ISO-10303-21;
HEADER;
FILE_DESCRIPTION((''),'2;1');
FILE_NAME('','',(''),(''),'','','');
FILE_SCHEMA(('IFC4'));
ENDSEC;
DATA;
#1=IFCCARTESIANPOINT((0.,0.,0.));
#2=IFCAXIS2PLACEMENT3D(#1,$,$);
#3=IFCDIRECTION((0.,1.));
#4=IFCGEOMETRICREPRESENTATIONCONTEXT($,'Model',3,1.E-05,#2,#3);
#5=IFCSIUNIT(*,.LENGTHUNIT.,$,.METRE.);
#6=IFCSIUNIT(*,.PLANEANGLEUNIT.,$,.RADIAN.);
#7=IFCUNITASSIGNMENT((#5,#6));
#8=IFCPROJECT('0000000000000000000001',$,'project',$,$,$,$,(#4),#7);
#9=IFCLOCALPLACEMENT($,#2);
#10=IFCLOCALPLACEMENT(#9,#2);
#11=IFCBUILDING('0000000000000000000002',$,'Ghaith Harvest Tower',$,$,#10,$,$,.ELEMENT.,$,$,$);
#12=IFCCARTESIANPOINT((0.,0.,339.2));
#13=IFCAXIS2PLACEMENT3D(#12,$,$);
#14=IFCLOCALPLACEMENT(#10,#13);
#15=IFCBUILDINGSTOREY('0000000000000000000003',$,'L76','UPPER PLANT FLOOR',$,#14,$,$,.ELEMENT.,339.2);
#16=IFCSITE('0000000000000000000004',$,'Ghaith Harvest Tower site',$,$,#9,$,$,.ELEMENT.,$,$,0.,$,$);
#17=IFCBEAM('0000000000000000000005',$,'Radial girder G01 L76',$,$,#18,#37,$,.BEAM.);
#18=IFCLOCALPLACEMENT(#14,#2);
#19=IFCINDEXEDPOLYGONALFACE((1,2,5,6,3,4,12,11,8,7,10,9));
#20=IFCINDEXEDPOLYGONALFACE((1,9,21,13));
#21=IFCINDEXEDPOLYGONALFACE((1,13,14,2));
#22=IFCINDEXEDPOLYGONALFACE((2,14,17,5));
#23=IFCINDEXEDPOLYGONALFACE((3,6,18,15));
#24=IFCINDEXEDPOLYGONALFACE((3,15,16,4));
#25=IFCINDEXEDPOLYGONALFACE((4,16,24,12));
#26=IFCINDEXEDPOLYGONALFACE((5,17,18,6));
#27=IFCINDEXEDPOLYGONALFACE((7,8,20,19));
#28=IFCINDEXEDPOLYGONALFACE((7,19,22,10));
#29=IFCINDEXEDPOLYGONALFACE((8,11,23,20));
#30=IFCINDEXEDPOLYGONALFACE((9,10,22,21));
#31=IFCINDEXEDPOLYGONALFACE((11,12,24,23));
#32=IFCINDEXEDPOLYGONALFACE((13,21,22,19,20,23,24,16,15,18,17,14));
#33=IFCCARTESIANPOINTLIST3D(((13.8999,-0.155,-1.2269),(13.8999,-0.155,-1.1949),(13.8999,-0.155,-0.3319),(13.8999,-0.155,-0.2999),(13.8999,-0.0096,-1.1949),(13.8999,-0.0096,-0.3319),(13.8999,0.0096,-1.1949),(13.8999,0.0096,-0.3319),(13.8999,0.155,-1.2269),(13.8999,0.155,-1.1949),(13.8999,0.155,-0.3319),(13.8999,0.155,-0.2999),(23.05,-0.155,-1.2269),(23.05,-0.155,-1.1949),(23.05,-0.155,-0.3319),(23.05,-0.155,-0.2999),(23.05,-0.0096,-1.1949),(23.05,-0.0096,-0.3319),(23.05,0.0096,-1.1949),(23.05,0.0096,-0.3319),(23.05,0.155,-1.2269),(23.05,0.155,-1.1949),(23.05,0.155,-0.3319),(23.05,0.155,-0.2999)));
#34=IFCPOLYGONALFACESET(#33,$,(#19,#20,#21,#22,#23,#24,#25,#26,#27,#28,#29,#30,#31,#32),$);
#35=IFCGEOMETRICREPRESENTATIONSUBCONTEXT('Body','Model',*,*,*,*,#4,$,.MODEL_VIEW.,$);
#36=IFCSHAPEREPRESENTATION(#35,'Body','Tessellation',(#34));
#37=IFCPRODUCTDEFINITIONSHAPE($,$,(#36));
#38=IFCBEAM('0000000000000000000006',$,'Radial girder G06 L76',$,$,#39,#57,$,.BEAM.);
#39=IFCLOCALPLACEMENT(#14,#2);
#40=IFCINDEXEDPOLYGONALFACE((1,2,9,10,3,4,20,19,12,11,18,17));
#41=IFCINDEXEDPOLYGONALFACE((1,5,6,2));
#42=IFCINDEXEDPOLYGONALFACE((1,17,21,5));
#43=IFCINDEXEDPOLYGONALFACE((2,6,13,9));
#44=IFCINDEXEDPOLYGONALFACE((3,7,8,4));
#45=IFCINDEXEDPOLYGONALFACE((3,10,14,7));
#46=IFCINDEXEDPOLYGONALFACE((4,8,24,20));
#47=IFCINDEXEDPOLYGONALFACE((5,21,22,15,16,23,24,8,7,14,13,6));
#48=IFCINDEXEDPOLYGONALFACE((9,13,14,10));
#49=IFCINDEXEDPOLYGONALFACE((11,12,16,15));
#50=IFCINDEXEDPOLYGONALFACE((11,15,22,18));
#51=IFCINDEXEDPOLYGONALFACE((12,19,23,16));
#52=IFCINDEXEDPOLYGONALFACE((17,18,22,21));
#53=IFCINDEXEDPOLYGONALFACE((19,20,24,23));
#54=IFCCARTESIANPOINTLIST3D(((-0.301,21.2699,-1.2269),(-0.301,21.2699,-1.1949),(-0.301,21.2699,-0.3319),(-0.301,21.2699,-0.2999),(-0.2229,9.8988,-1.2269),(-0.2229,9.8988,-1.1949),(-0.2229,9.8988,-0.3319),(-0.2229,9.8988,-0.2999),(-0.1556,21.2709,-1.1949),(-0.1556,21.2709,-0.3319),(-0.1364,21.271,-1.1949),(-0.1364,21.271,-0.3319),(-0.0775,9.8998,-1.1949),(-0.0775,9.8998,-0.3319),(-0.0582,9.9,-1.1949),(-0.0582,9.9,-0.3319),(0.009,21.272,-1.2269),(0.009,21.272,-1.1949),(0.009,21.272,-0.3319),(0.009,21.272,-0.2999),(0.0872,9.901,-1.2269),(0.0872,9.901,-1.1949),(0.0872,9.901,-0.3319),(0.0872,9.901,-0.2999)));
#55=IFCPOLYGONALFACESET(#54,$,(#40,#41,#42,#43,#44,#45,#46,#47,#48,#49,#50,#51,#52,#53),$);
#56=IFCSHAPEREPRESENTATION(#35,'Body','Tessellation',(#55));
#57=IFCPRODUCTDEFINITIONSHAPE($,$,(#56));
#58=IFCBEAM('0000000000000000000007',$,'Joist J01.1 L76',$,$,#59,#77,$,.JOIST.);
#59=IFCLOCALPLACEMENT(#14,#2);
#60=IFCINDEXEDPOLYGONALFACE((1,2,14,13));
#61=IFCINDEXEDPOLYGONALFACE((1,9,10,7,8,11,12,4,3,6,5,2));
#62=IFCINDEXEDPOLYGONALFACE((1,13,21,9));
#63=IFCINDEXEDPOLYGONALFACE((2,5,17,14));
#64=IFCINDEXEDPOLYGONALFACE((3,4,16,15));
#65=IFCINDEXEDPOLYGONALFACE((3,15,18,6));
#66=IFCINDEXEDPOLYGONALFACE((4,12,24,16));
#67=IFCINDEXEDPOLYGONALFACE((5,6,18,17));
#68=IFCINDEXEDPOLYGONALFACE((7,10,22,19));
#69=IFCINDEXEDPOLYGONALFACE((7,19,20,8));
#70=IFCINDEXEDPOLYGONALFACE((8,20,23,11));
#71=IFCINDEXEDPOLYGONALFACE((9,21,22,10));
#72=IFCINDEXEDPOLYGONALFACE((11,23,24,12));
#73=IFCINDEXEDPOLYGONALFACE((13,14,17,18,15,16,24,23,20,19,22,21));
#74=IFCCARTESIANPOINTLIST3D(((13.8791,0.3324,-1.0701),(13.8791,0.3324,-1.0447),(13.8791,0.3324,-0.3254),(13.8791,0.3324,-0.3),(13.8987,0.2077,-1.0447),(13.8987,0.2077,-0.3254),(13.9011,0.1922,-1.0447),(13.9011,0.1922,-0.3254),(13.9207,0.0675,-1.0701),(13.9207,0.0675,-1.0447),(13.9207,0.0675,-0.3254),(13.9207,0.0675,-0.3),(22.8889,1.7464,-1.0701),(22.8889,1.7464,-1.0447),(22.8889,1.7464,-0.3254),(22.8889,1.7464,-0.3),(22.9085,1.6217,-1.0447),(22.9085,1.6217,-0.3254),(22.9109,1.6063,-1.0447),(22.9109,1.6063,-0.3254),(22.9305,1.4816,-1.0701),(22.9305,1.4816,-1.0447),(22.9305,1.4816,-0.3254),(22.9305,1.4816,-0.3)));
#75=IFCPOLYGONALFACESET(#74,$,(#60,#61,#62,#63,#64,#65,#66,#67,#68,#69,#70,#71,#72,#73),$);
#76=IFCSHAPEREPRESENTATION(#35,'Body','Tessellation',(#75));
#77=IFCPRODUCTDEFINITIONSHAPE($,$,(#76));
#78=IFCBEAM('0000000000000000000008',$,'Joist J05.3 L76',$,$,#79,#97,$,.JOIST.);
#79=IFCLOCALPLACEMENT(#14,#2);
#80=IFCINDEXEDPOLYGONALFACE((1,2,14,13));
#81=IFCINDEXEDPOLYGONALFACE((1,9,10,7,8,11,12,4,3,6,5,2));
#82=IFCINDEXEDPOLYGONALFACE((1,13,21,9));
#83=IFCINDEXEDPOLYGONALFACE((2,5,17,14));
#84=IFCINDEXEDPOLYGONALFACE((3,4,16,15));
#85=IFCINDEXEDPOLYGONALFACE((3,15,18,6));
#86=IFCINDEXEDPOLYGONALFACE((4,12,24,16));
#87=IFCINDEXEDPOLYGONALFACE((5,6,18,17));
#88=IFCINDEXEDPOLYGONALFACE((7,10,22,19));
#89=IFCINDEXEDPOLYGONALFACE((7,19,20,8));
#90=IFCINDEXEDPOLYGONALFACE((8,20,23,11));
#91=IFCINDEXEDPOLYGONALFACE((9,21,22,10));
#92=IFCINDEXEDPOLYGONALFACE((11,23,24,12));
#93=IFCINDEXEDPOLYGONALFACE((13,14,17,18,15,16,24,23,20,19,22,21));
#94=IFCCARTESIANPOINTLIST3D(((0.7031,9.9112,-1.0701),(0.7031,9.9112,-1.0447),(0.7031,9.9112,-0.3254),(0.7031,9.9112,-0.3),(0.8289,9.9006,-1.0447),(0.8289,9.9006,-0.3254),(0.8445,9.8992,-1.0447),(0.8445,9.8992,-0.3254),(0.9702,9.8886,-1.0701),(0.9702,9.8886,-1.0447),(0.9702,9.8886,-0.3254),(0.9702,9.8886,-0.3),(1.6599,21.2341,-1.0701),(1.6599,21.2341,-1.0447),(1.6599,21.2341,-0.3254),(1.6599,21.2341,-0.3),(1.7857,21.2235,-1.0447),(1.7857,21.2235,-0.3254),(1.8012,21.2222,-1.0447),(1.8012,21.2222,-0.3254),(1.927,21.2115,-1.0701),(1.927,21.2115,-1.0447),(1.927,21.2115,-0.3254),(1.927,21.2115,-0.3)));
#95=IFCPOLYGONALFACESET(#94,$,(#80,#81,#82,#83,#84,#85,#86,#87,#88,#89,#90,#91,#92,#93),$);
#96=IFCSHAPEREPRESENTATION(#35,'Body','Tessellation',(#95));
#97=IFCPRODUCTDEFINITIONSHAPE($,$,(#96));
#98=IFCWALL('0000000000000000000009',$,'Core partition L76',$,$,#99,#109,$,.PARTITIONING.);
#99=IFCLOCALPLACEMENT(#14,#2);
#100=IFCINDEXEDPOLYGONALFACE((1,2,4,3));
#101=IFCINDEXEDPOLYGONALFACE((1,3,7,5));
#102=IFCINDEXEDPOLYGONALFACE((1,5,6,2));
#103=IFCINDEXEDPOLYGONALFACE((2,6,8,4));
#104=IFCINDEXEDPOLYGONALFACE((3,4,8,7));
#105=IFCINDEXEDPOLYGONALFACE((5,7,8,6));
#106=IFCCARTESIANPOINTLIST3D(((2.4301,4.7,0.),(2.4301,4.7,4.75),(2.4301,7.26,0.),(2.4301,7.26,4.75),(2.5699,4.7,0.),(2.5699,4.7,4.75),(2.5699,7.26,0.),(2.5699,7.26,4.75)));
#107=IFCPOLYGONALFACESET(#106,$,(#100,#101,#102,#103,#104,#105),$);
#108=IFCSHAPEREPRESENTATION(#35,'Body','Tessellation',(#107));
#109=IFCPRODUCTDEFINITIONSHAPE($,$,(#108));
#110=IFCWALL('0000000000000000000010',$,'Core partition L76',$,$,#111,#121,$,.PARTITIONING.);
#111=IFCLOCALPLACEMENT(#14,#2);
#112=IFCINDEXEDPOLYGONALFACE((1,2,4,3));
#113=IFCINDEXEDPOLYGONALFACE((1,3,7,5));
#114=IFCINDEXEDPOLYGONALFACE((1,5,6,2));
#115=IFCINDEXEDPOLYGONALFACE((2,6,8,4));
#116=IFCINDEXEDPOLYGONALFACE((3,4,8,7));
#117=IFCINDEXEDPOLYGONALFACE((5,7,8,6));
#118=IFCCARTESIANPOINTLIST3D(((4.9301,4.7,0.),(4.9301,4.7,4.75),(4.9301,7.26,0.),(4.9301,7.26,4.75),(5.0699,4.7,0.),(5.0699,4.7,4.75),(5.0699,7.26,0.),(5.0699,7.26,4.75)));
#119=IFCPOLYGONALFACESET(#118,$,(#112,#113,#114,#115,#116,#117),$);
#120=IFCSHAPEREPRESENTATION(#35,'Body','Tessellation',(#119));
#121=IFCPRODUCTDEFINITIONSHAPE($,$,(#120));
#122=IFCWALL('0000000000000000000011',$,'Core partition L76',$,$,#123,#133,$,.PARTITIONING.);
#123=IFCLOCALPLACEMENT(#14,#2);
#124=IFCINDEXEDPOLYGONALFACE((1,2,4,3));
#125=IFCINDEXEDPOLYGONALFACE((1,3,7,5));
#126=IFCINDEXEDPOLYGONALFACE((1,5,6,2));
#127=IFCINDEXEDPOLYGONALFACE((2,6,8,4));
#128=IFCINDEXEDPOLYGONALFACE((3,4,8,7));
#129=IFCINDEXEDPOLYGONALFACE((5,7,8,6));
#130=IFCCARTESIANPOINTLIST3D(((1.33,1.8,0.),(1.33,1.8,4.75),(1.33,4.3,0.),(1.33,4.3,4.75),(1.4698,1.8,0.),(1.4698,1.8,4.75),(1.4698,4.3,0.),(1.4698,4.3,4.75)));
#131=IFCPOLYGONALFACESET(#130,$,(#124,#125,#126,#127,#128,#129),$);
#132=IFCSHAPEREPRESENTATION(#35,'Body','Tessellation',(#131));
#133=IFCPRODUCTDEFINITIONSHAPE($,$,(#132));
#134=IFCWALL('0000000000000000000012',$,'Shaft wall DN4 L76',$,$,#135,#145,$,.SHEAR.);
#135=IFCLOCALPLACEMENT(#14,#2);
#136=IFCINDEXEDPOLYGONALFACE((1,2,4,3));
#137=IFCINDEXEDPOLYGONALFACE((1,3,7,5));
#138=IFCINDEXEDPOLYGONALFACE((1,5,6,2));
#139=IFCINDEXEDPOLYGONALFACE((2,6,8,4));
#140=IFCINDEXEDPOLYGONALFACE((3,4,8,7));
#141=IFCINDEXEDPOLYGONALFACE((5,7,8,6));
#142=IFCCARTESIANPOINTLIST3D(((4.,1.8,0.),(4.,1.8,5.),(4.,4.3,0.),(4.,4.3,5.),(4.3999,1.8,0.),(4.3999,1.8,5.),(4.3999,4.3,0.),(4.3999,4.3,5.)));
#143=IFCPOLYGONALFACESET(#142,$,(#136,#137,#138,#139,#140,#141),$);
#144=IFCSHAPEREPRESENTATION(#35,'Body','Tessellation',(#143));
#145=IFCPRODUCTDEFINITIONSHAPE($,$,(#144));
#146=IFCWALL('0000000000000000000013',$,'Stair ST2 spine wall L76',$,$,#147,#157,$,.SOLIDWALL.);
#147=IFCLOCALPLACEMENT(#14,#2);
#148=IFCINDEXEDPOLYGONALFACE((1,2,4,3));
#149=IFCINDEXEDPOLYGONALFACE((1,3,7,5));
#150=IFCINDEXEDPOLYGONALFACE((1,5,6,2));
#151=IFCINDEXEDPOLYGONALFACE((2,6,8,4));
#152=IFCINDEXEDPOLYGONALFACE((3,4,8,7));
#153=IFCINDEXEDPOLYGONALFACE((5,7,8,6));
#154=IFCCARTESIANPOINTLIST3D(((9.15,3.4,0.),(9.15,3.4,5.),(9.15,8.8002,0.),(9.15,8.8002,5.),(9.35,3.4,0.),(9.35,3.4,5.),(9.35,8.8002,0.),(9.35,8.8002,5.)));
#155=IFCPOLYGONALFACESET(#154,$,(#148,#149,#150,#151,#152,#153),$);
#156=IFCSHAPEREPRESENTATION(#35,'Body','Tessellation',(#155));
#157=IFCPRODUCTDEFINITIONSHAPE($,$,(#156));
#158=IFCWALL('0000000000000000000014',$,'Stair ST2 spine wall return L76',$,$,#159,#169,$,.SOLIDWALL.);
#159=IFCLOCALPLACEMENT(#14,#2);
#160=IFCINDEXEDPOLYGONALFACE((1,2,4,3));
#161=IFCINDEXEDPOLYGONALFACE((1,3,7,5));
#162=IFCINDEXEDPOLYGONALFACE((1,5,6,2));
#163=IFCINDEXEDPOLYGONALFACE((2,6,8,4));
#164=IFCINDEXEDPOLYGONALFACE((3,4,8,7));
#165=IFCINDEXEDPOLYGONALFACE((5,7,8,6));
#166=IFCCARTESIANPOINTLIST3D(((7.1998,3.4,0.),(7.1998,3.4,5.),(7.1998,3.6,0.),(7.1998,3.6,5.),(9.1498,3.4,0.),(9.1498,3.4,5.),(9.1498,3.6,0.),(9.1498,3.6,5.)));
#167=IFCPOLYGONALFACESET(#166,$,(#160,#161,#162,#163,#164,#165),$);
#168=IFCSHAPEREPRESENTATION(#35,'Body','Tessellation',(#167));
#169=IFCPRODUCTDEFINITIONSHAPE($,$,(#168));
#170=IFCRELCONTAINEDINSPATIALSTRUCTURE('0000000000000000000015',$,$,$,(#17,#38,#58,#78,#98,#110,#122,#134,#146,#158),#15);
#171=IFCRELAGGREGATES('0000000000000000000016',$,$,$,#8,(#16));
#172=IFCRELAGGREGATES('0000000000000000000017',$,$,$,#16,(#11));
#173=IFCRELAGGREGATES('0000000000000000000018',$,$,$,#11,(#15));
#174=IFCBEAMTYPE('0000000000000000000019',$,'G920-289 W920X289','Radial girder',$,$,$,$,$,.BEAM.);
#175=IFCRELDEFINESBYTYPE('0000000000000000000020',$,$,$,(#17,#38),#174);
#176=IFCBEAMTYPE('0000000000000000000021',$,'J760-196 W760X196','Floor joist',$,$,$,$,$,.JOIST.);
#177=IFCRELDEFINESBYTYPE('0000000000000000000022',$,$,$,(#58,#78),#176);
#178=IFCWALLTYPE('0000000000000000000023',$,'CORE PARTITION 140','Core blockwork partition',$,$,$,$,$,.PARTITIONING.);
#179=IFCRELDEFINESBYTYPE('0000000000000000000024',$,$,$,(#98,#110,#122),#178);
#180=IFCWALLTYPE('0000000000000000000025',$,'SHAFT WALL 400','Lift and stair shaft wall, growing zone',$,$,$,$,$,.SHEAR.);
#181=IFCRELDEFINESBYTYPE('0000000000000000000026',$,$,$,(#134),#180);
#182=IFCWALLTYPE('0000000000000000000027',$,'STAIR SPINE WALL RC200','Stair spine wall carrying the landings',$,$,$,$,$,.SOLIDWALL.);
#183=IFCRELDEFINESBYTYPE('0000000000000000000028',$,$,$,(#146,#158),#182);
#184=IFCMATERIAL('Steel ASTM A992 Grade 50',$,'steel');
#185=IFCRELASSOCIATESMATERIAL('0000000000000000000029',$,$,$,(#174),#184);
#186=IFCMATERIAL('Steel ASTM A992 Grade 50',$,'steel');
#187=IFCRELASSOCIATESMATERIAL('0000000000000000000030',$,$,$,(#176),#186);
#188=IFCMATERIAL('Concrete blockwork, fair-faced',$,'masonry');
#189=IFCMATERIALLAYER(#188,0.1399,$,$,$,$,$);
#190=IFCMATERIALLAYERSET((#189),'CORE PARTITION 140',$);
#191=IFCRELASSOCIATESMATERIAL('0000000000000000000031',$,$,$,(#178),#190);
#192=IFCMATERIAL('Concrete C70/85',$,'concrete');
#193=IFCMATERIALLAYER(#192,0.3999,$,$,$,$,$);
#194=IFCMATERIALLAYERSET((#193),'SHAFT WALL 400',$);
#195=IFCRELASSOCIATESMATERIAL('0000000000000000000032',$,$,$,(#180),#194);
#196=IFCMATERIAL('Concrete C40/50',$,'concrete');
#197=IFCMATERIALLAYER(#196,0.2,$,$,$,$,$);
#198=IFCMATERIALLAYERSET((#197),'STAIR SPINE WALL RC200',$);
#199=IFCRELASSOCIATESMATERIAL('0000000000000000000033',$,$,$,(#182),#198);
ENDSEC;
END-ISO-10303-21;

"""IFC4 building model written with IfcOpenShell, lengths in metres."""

from ifc_helpers import new_model, si_unit, direction, frame, frame_2d, origin, origin_2d, place, context, subcontext, project, spatial, rectangle, i_section, extrude, material, layer, layer_set, material_profile, profile_set, type_object, element, save


model = new_model("IFC4")

# Units and contexts
model_context = context("Model", 3, precision=1e-05, world=origin(), true_north=direction((0.0, 1.0)))
body_context = subcontext(model_context, "Body", "Model", "MODEL_VIEW")
ifc_project = project(units=[si_unit("LENGTHUNIT", "METRE"), si_unit("PLANEANGLEUNIT", "RADIAN")], contexts=[model_context])

# Site, building, storey
site_placement = place(None, origin())
site = spatial("IfcSite", under=ifc_project, at=site_placement, Name="Ghaith Harvest Tower site", CompositionType="ELEMENT", RefElevation=0.0)
building_placement = place(site_placement, origin())
building = spatial("IfcBuilding", under=site, at=building_placement, Name="Ghaith Harvest Tower", CompositionType="ELEMENT")
storey_placement = place(building_placement, frame((0.0, 0.0, 339.2)))
storey = spatial("IfcBuildingStorey", under=building, at=storey_placement, Name="L76", Description="UPPER PLANT FLOOR", CompositionType="ELEMENT", Elevation=339.2)

# Beams
ifc_material_1 = material(Name="Steel ASTM A992 Grade 50", Category="steel")
ifc_material_profile_1 = material_profile(ifc_material_1, i_section(OverallWidth=0.3101, OverallDepth=0.927, WebThickness=0.0193, FlangeThickness=0.032, at=origin_2d()), Name="W920X289")
ifc_profile_set_1 = profile_set([ifc_material_profile_1], Name="Steel ASTM A992 Grade 50")
beam_type_1 = type_object("IfcBeamType", Name="G920-289 W920X289", Description="Radial girder", PredefinedType="BEAM", material=ifc_profile_set_1)
beam_1_placement = place(storey_placement, frame((13.8999, 0.0, -0.7634), z_axis=(1.0, 0.0, 0.0), x_axis=(0.0, 1.0, 0.0)))
element("IfcBeam", 1, at=beam_1_placement, inside=storey, type_object=beam_type_1, Name="Radial girder G01 L76", PredefinedType="BEAM", context=body_context, shape_type="SweptSolid", body=[
    extrude(i_section(OverallWidth=0.3101, OverallDepth=0.927, WebThickness=0.0193, FlangeThickness=0.032, at=origin_2d()), origin(), (0.0, 0.0, 1.0), 9.1501),
])
beam_2_placement = place(storey_placement, frame((-0.0679, 9.8999, -0.7634), z_axis=(-0.00687, 0.999976, 0.0), x_axis=(-0.999976, -0.00687, 0.0)))
element("IfcBeam", 2, at=beam_2_placement, inside=storey, type_object=beam_type_1, Name="Radial girder G06 L76", PredefinedType="BEAM", context=body_context, shape_type="SweptSolid", body=[
    extrude(i_section(OverallWidth=0.3101, OverallDepth=0.927, WebThickness=0.0193, FlangeThickness=0.032, at=origin_2d()), origin(), (0.0, 0.0, 1.0), 11.3713),
])
ifc_material_2 = material(Name="Steel ASTM A992 Grade 50", Category="steel")
ifc_material_profile_2 = material_profile(ifc_material_2, i_section(OverallWidth=0.2681, OverallDepth=0.77, WebThickness=0.0156, FlangeThickness=0.0254, at=origin_2d()), Name="W760X196")
ifc_profile_set_2 = profile_set([ifc_material_profile_2], Name="Steel ASTM A992 Grade 50")
beam_type_2 = type_object("IfcBeamType", Name="J760-196 W760X196", Description="Floor joist", PredefinedType="JOIST", material=ifc_profile_set_2)
beam_3_placement = place(storey_placement, frame((13.8999, 0.2, -0.6851), z_axis=(0.987907, 0.15505, 0.0), x_axis=(-0.15505, 0.987907, 0.0)))
element("IfcBeam", 3, at=beam_3_placement, inside=storey, type_object=beam_type_2, Name="Joist J01.1 L76", PredefinedType="JOIST", context=body_context, shape_type="SweptSolid", body=[
    extrude(i_section(OverallWidth=0.2681, OverallDepth=0.77, WebThickness=0.0156, FlangeThickness=0.0254, at=origin_2d()), origin(), (0.0, 0.0, 1.0), 9.1201),
])
beam_4_placement = place(storey_placement, frame((0.8367, 9.8999, -0.6851), z_axis=(0.084199, 0.996449, 0.0), x_axis=(-0.996449, 0.084199, 0.0)))
element("IfcBeam", 4, at=beam_4_placement, inside=storey, type_object=beam_type_2, Name="Joist J05.3 L76", PredefinedType="JOIST", context=body_context, shape_type="SweptSolid", body=[
    extrude(i_section(OverallWidth=0.2681, OverallDepth=0.77, WebThickness=0.0156, FlangeThickness=0.0254, at=origin_2d()), origin(), (0.0, 0.0, 1.0), 11.3633),
])

# Walls
ifc_material_3 = material(Name="Concrete blockwork, fair-faced", Category="masonry")
ifc_layer_1 = layer(ifc_material_3, 0.1399)
ifc_layer_set_1 = layer_set([ifc_layer_1], Name="CORE PARTITION 140")
wall_type_1 = type_object("IfcWallType", Name="CORE PARTITION 140", Description="Core blockwork partition", PredefinedType="PARTITIONING", material=ifc_layer_set_1)
for number, where, z_axis, x_axis, name in (
    (5, (2.5, 4.7, 0.0), (0.0, 0.0, 1.0), (0.0, 1.0, 0.0), "Core partition L76"),
    (6, (5.0, 4.7, 0.0), (0.0, 0.0, 1.0), (0.0, 1.0, 0.0), "Core partition L76"),
):
    element("IfcWall", number, at=place(storey_placement, frame(where, z_axis=z_axis, x_axis=x_axis)), inside=storey, type_object=wall_type_1, Name=name, PredefinedType="PARTITIONING", context=body_context, shape_type="SweptSolid", body=[
        extrude(rectangle(XDim=2.5601, YDim=0.1399, at=frame_2d((1.28, 0.0))), origin(), (0.0, 0.0, 1.0), 4.75),
    ])
wall_1_placement = place(storey_placement, frame((1.3999, 1.8, 0.0), z_axis=(0.0, 0.0, 1.0), x_axis=(0.0, 1.0, 0.0)))
element("IfcWall", 7, at=wall_1_placement, inside=storey, type_object=wall_type_1, Name="Core partition L76", PredefinedType="PARTITIONING", context=body_context, shape_type="SweptSolid", body=[
    extrude(rectangle(XDim=2.5, YDim=0.1399, at=frame_2d((1.25, 0.0))), origin(), (0.0, 0.0, 1.0), 4.75),
])

# Shared definitions
ifc_material_4 = material(Name="Concrete C70/85", Category="concrete")
ifc_layer_2 = layer(ifc_material_4, 0.3999)
ifc_layer_set_2 = layer_set([ifc_layer_2], Name="SHAFT WALL 400")
wall_type_2 = type_object("IfcWallType", Name="SHAFT WALL 400", Description="Lift and stair shaft wall, growing zone", PredefinedType="SHEAR", material=ifc_layer_set_2)

# Walls
wall_2_placement = place(storey_placement, frame((4.2, 1.8, 0.0), z_axis=(0.0, 0.0, 1.0), x_axis=(0.0, 1.0, 0.0)))
element("IfcWall", 8, at=wall_2_placement, inside=storey, type_object=wall_type_2, Name="Shaft wall DN4 L76", PredefinedType="SHEAR", context=body_context, shape_type="SweptSolid", body=[
    extrude(rectangle(XDim=2.5, YDim=0.3999, at=frame_2d((1.25, 0.0))), origin(), (0.0, 0.0, 1.0), 5.0),
])
ifc_material_5 = material(Name="Concrete C40/50", Category="concrete")
ifc_layer_3 = layer(ifc_material_5, 0.2)
ifc_layer_set_3 = layer_set([ifc_layer_3], Name="STAIR SPINE WALL RC200")
wall_type_3 = type_object("IfcWallType", Name="STAIR SPINE WALL RC200", Description="Stair spine wall carrying the landings", PredefinedType="SOLIDWALL", material=ifc_layer_set_3)
wall_3_placement = place(storey_placement, frame((9.25, 3.3999, 0.0), z_axis=(0.0, 0.0, 1.0), x_axis=(0.0, 1.0, 0.0)))
element("IfcWall", 9, at=wall_3_placement, inside=storey, type_object=wall_type_3, Name="Stair ST2 spine wall L76", PredefinedType="SOLIDWALL", context=body_context, shape_type="SweptSolid", body=[
    extrude(rectangle(XDim=5.4001, YDim=0.2, at=frame_2d((2.7002, 0.0))), origin(), (0.0, 0.0, 1.0), 5.0),
])
wall_4_placement = place(storey_placement, frame((9.1499, 3.5, 0.0), z_axis=(0.0, 0.0, 1.0), x_axis=(-1.0, 0.0, 0.0)))
element("IfcWall", 10, at=wall_4_placement, inside=storey, type_object=wall_type_3, Name="Stair ST2 spine wall return L76", PredefinedType="SOLIDWALL", context=body_context, shape_type="SweptSolid", body=[
    extrude(rectangle(XDim=1.95, YDim=0.2, at=frame_2d((0.9751, 0.0))), origin(), (0.0, 0.0, 1.0), 5.0),
])

save(model, "model.ifc")
